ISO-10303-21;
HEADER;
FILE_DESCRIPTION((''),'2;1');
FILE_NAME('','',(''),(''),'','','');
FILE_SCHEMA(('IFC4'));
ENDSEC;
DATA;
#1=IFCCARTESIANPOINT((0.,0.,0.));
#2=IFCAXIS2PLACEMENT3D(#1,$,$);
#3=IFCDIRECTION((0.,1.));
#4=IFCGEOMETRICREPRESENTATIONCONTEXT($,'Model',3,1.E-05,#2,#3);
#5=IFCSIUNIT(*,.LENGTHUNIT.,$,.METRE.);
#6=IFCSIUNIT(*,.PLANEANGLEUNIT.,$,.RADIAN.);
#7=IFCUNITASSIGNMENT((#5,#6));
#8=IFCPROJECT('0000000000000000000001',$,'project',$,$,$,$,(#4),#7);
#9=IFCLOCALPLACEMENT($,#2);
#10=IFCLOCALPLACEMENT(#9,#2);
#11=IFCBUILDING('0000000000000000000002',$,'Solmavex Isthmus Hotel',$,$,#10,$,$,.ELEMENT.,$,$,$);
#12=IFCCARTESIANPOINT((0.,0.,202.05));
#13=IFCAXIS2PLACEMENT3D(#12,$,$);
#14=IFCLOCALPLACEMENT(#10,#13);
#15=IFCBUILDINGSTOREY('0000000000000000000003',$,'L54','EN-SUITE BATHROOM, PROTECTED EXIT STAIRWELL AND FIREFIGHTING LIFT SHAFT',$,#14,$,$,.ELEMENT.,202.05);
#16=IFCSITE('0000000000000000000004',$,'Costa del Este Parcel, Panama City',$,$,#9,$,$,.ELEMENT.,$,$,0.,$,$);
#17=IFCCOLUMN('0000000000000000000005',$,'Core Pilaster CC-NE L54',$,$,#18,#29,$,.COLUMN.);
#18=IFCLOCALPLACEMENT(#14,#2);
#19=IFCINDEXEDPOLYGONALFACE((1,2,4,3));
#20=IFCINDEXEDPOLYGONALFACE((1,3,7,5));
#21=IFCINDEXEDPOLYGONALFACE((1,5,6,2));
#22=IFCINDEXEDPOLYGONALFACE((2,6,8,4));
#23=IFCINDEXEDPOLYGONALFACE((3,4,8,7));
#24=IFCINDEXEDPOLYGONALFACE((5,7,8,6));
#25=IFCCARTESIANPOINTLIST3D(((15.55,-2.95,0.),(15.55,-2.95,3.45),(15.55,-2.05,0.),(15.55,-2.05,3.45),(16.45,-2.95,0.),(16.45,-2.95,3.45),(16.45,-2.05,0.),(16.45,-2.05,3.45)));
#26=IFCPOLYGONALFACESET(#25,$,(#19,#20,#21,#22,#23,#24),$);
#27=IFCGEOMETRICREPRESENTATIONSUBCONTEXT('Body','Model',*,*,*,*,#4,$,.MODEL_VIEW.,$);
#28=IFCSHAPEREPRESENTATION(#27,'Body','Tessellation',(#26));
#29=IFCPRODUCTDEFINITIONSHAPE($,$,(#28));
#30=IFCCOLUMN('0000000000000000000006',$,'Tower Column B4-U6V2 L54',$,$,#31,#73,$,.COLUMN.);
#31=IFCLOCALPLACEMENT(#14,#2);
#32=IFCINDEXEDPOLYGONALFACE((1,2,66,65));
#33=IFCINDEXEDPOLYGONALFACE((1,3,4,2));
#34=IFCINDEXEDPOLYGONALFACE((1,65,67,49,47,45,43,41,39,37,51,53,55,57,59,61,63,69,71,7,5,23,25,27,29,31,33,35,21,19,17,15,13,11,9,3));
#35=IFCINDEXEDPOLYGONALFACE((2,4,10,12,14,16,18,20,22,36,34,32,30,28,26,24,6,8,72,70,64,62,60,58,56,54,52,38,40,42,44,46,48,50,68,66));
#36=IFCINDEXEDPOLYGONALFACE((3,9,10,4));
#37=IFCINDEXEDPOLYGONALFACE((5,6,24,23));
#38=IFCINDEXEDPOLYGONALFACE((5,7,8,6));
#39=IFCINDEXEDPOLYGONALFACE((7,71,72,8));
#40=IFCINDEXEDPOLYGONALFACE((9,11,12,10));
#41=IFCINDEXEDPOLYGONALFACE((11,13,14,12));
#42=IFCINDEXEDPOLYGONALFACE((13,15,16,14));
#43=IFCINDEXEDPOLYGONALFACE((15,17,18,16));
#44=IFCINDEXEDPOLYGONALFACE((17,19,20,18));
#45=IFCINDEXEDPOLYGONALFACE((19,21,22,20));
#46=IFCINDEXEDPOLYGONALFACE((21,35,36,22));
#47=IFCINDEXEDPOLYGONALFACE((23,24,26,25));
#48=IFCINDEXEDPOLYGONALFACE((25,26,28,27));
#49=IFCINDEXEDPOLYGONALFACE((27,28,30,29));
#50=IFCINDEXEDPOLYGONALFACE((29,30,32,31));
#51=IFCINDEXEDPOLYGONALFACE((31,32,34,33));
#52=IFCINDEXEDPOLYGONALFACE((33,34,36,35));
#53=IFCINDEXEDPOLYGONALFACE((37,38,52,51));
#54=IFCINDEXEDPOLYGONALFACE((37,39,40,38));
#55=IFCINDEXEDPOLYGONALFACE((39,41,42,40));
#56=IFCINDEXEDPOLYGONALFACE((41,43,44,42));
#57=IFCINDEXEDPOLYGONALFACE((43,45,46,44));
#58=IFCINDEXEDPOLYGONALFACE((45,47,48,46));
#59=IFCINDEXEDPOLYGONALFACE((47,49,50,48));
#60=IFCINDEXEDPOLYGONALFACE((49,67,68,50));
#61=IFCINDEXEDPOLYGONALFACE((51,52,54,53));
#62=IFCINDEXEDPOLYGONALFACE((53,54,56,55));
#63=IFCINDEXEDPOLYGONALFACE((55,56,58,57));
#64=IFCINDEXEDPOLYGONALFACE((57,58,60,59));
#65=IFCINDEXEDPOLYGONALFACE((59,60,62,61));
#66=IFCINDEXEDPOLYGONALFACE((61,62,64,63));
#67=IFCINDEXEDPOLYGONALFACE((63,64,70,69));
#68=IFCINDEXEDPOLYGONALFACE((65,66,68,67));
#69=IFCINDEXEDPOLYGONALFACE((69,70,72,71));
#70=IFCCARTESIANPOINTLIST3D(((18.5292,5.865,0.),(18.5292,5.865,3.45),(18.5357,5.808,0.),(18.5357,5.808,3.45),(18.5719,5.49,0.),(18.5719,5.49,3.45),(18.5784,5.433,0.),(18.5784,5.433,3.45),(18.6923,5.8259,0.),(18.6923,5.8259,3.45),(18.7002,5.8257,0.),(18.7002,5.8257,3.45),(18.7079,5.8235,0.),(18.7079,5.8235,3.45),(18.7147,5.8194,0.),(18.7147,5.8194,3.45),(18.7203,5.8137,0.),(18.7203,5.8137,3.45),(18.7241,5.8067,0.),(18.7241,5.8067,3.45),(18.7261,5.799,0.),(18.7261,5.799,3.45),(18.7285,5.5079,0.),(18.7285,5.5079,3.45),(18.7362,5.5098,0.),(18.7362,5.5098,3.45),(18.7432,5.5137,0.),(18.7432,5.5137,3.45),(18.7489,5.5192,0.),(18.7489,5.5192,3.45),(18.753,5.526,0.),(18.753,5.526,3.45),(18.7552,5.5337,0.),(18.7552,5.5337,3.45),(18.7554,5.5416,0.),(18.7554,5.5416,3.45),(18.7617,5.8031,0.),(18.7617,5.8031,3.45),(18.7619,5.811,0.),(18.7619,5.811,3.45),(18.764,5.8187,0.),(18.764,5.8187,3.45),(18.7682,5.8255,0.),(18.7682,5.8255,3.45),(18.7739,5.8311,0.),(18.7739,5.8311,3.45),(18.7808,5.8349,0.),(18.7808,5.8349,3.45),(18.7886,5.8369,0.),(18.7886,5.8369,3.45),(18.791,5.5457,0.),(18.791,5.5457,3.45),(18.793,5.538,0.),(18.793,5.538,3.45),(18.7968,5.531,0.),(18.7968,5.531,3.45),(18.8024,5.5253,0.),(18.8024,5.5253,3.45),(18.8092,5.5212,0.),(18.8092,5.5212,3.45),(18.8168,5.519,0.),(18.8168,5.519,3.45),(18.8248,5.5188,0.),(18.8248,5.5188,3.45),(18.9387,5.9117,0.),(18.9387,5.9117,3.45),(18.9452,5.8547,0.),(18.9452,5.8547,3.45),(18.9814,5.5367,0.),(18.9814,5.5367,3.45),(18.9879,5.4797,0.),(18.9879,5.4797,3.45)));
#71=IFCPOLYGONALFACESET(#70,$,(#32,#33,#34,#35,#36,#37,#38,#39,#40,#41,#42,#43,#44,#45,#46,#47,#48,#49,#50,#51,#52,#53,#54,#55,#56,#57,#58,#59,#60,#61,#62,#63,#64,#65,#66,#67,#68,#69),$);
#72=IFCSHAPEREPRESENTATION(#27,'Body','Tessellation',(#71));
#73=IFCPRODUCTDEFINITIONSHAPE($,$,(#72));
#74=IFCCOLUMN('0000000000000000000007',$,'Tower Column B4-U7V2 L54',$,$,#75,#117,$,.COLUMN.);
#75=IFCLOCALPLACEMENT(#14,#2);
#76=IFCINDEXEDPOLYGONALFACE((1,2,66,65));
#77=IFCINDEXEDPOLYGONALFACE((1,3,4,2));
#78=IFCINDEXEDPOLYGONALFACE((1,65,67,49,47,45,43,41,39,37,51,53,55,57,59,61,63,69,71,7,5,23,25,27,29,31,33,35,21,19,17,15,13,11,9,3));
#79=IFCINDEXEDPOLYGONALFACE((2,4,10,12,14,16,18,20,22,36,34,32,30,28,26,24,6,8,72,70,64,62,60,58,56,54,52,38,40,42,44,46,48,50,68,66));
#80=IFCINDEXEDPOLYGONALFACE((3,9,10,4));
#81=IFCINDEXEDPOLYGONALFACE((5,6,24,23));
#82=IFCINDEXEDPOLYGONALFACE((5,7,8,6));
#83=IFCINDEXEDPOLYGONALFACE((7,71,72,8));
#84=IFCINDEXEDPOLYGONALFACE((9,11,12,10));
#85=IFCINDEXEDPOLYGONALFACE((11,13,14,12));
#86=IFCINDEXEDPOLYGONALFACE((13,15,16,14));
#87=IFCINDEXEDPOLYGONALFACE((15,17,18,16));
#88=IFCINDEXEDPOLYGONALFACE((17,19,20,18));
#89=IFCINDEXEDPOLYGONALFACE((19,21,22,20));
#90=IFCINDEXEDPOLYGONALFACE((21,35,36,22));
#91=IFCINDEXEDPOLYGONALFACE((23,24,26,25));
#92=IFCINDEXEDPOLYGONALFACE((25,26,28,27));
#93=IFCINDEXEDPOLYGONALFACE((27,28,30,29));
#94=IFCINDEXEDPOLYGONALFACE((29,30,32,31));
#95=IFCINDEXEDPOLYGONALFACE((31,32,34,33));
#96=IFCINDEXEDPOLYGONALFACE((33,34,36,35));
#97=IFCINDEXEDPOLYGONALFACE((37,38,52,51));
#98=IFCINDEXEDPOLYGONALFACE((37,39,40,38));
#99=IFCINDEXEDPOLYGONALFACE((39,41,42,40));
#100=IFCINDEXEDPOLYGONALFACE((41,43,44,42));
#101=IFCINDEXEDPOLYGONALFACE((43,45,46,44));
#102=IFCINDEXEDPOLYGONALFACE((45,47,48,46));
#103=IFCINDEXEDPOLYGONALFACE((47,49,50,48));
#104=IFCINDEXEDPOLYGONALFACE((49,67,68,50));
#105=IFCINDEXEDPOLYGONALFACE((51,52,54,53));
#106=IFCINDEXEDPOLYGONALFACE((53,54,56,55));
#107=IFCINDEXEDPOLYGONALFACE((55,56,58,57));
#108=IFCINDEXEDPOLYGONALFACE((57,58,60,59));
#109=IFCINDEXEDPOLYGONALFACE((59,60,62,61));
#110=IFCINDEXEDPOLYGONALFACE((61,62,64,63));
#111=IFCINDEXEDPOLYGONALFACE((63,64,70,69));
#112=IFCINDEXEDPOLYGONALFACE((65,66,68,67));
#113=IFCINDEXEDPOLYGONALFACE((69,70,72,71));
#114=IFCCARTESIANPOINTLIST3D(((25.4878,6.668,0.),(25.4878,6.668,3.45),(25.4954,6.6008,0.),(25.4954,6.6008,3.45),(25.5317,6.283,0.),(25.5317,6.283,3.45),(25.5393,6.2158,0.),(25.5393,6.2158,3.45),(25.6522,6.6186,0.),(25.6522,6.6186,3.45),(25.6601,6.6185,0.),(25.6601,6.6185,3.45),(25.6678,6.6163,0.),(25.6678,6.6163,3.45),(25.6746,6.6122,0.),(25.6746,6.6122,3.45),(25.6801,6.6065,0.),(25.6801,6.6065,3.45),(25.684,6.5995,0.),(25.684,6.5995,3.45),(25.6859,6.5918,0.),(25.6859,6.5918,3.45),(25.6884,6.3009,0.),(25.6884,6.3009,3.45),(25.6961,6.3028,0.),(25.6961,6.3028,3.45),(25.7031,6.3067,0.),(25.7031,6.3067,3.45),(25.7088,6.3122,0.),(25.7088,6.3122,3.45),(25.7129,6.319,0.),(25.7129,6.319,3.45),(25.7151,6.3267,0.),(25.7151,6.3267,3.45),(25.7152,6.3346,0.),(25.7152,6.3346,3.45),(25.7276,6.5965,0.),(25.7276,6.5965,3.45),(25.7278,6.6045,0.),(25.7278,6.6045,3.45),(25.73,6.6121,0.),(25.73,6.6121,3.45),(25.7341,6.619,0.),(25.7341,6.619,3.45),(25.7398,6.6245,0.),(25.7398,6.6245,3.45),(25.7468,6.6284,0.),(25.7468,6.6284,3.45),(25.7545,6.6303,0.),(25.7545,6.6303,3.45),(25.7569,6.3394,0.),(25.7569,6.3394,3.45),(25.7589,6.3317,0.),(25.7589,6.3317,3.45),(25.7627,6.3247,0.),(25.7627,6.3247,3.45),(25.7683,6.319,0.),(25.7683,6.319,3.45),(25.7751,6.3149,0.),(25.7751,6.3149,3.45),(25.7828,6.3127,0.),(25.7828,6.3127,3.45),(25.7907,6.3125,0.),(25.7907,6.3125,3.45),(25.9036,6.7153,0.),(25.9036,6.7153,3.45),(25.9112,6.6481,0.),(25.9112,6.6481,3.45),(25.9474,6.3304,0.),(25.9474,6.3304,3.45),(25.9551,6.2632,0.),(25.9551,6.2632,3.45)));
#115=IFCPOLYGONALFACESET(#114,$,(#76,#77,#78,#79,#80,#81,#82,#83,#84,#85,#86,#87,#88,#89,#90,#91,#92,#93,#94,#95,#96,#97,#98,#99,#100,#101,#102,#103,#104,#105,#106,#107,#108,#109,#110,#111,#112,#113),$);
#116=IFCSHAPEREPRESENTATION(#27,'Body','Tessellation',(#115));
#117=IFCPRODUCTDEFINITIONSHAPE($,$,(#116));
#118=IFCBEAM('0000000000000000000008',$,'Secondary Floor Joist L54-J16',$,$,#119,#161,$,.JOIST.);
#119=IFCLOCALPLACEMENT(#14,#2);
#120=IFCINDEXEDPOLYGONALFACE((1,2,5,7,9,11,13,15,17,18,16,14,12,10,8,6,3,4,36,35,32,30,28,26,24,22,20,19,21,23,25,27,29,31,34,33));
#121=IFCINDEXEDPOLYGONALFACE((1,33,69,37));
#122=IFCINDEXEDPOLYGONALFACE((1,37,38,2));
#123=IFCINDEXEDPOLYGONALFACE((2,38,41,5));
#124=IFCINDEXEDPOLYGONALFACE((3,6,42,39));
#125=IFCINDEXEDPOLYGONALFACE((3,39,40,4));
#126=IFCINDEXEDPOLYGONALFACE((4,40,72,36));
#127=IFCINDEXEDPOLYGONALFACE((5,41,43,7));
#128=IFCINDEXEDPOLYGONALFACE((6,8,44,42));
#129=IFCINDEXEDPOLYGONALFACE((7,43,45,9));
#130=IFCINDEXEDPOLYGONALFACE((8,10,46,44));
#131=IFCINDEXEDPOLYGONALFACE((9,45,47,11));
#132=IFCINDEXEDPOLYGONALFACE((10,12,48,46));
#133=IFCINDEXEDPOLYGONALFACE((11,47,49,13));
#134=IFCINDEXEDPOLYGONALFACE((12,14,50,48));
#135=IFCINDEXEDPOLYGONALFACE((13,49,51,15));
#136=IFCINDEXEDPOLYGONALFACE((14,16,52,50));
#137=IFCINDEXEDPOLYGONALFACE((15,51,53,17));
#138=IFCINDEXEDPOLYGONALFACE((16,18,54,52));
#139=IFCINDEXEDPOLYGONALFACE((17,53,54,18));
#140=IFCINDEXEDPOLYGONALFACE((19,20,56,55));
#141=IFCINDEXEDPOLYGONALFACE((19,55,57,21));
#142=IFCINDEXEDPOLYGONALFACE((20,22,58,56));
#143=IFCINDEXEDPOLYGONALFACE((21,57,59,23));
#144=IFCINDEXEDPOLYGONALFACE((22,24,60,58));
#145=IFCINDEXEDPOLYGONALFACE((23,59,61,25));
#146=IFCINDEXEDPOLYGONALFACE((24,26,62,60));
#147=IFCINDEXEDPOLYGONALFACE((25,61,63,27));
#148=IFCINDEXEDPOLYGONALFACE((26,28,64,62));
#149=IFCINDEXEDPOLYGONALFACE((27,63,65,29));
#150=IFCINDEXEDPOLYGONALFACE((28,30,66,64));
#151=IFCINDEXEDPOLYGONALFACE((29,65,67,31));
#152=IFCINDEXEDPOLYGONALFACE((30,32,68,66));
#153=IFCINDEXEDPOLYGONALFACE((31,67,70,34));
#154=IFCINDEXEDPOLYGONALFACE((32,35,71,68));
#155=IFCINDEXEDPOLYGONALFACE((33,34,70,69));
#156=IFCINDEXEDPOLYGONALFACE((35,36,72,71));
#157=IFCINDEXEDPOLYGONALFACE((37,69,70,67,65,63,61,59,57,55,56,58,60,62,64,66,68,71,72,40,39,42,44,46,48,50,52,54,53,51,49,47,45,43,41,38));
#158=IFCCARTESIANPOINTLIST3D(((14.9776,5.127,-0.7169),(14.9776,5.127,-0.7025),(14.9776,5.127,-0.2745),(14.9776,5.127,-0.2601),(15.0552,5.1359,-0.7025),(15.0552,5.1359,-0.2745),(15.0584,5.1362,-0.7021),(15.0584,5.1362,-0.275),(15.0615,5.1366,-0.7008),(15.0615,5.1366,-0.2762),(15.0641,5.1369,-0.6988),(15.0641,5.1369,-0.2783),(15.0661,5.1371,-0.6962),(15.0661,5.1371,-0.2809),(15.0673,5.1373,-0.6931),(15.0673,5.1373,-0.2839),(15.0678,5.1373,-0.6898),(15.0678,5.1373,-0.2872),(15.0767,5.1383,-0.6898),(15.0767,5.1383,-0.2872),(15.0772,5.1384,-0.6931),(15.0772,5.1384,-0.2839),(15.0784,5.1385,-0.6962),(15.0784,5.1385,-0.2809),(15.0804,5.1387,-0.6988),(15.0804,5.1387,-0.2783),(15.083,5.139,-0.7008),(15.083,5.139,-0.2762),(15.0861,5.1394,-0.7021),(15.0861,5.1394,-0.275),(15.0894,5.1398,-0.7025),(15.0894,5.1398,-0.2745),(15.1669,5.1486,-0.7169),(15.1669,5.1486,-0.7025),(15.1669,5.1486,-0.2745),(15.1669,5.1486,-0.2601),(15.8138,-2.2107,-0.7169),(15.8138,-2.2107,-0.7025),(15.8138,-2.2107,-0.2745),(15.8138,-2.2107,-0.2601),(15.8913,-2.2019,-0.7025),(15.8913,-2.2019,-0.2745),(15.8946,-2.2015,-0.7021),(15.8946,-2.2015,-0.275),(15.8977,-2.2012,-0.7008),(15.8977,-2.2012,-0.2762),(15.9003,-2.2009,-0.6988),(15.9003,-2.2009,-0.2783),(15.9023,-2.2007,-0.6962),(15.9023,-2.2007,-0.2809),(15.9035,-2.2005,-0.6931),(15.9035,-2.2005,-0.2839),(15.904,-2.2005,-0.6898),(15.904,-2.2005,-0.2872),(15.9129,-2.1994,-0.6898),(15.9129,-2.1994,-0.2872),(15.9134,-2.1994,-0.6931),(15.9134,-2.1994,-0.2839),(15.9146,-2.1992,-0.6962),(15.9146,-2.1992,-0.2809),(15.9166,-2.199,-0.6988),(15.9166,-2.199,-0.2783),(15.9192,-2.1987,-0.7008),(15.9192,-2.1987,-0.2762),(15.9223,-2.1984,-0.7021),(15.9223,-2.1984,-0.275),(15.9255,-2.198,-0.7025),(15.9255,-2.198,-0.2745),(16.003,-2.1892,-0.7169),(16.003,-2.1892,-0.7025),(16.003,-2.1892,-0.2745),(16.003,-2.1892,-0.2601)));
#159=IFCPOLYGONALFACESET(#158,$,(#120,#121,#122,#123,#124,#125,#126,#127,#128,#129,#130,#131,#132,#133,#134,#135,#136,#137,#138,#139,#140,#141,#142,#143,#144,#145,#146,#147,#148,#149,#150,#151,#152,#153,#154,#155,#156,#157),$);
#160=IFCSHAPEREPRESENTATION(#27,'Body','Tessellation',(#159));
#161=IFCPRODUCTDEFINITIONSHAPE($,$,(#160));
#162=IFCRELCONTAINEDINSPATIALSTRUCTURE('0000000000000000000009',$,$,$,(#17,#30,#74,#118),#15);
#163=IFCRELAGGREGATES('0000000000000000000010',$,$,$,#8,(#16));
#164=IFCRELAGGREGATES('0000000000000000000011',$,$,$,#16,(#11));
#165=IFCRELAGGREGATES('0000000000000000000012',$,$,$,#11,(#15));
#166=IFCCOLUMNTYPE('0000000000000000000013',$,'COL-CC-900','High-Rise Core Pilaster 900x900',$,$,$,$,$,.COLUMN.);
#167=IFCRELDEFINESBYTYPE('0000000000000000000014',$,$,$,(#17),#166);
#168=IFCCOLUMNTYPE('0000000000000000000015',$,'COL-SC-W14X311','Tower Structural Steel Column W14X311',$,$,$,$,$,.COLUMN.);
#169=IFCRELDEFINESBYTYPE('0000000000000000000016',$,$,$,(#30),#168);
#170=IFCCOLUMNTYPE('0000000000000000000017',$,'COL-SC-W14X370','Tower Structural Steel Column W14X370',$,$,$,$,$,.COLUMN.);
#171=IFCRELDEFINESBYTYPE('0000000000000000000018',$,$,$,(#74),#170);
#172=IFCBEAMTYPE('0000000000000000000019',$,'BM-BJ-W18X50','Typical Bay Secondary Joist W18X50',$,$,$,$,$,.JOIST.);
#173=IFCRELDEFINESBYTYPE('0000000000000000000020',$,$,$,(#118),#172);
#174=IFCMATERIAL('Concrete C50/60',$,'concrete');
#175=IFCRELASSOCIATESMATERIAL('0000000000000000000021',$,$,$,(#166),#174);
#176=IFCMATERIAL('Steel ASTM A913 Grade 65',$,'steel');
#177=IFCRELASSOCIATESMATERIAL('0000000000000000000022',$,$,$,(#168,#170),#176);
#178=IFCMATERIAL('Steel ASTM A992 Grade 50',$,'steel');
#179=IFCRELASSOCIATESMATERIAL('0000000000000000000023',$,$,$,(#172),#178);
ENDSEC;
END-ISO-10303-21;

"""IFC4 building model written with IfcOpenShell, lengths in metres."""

from ifc_helpers import new_model, si_unit, direction, frame, origin, origin_2d, place, context, subcontext, project, spatial, rectangle, i_section, extrude, material, material_profile, profile_set, type_object, element, save


model = new_model("IFC4")

# Units and contexts
model_context = context("Model", 3, precision=1e-05, world=origin(), true_north=direction((0.0, 1.0)))
body_context = subcontext(model_context, "Body", "Model", "MODEL_VIEW")
ifc_project = project(units=[si_unit("LENGTHUNIT", "METRE"), si_unit("PLANEANGLEUNIT", "RADIAN")], contexts=[model_context])

# Site, building, storey
site_placement = place(None, origin())
site = spatial("IfcSite", under=ifc_project, at=site_placement, Name="Costa del Este Parcel, Panama City", CompositionType="ELEMENT", RefElevation=0.0)
building_placement = place(site_placement, origin())
building = spatial("IfcBuilding", under=site, at=building_placement, Name="Solmavex Isthmus Hotel", CompositionType="ELEMENT")
storey_placement = place(building_placement, frame((0.0, 0.0, 202.05)))
storey = spatial("IfcBuildingStorey", under=building, at=storey_placement, Name="L54", Description="EN-SUITE BATHROOM, PROTECTED EXIT STAIRWELL AND FIREFIGHTING LIFT SHAFT", CompositionType="ELEMENT", Elevation=202.05)

# Columns
ifc_material_1 = material(Name="Concrete C50/60", Category="concrete")
ifc_material_profile_1 = material_profile(ifc_material_1, rectangle(XDim=0.8999, YDim=0.8999, at=origin_2d()), Name="RC900X900")
ifc_profile_set_1 = profile_set([ifc_material_profile_1], Name="Concrete C50/60")
column_type_1 = type_object("IfcColumnType", Name="COL-CC-900", Description="High-Rise Core Pilaster 900x900", PredefinedType="COLUMN", material=ifc_profile_set_1)
column_1_placement = place(storey_placement, frame((16.0, -2.5, 0.0), z_axis=(0.0, 0.0, 1.0), x_axis=(1.0, 0.0, 0.0)))
element("IfcColumn", 1, at=column_1_placement, inside=storey, type_object=column_type_1, Name="Core Pilaster CC-NE L54", PredefinedType="COLUMN", context=body_context, shape_type="SweptSolid", body=[
    extrude(rectangle(XDim=0.8999, YDim=0.8999, at=origin_2d()), origin(), (0.0, 0.0, 1.0), 3.45),
])
ifc_material_2 = material(Name="Steel ASTM A913 Grade 65", Category="steel")
ifc_material_profile_2 = material_profile(ifc_material_2, i_section(OverallWidth=0.4121, OverallDepth=0.4348, WebThickness=0.0359, FlangeThickness=0.0574, FilletRadius=0.0305, at=origin_2d()), Name="W14X311")
ifc_profile_set_2 = profile_set([ifc_material_profile_2], Name="Steel ASTM A913 Grade 65")
column_type_2 = type_object("IfcColumnType", Name="COL-SC-W14X311", Description="Tower Structural Steel Column W14X311", PredefinedType="COLUMN", material=ifc_profile_set_2)
column_2_placement = place(storey_placement, frame((18.7585, 5.6724, 0.0), z_axis=(0.0, 0.0, 1.0), x_axis=(0.993572, 0.113203, 0.0)))
element("IfcColumn", 2, at=column_2_placement, inside=storey, type_object=column_type_2, Name="Tower Column B4-U6V2 L54", PredefinedType="COLUMN", context=body_context, shape_type="SweptSolid", body=[
    extrude(i_section(OverallWidth=0.4121, OverallDepth=0.4348, WebThickness=0.0359, FlangeThickness=0.0574, FilletRadius=0.0305, at=origin_2d()), origin(), (0.0, 0.0, 1.0), 3.45),
])
ifc_material_profile_3 = material_profile(ifc_material_2, i_section(OverallWidth=0.4185, OverallDepth=0.4551, WebThickness=0.042, FlangeThickness=0.0676, FilletRadius=0.0305, at=origin_2d()), Name="W14X370")
ifc_profile_set_3 = profile_set([ifc_material_profile_3], Name="Steel ASTM A913 Grade 65")
column_type_3 = type_object("IfcColumnType", Name="COL-SC-W14X370", Description="Tower Structural Steel Column W14X370", PredefinedType="COLUMN", material=ifc_profile_set_3)
column_3_placement = place(storey_placement, frame((25.7214, 6.4656, 0.0), z_axis=(0.0, 0.0, 1.0), x_axis=(0.993572, 0.113203, 0.0)))
element("IfcColumn", 3, at=column_3_placement, inside=storey, type_object=column_type_3, Name="Tower Column B4-U7V2 L54", PredefinedType="COLUMN", context=body_context, shape_type="SweptSolid", body=[
    extrude(i_section(OverallWidth=0.4185, OverallDepth=0.4551, WebThickness=0.042, FlangeThickness=0.0676, FilletRadius=0.0305, at=origin_2d()), origin(), (0.0, 0.0, 1.0), 3.45),
])

# Beam
ifc_material_3 = material(Name="Steel ASTM A992 Grade 50", Category="steel")
ifc_material_profile_4 = material_profile(ifc_material_3, i_section(OverallWidth=0.1904, OverallDepth=0.4568, WebThickness=0.009, FlangeThickness=0.0144, FilletRadius=0.0127, at=origin_2d()), Name="W18X50")
ifc_profile_set_4 = profile_set([ifc_material_profile_4], Name="Steel ASTM A992 Grade 50")
beam_type_1 = type_object("IfcBeamType", Name="BM-BJ-W18X50", Description="Typical Bay Secondary Joist W18X50", PredefinedType="JOIST", material=ifc_profile_set_4)
beam_1_placement = place(storey_placement, frame((15.9084, -2.2, -0.4885), z_axis=(-0.113225, 0.993569, 0.0), x_axis=(-0.993569, -0.113225, 0.0)))
element("IfcBeam", 4, at=beam_1_placement, inside=storey, type_object=beam_type_1, Name="Secondary Floor Joist L54-J16", PredefinedType="JOIST", context=body_context, shape_type="SweptSolid", body=[
    extrude(i_section(OverallWidth=0.1904, OverallDepth=0.4568, WebThickness=0.009, FlangeThickness=0.0144, FilletRadius=0.0127, at=origin_2d()), origin(), (0.0, 0.0, 1.0), 7.3853),
])

save(model, "model.ifc")
